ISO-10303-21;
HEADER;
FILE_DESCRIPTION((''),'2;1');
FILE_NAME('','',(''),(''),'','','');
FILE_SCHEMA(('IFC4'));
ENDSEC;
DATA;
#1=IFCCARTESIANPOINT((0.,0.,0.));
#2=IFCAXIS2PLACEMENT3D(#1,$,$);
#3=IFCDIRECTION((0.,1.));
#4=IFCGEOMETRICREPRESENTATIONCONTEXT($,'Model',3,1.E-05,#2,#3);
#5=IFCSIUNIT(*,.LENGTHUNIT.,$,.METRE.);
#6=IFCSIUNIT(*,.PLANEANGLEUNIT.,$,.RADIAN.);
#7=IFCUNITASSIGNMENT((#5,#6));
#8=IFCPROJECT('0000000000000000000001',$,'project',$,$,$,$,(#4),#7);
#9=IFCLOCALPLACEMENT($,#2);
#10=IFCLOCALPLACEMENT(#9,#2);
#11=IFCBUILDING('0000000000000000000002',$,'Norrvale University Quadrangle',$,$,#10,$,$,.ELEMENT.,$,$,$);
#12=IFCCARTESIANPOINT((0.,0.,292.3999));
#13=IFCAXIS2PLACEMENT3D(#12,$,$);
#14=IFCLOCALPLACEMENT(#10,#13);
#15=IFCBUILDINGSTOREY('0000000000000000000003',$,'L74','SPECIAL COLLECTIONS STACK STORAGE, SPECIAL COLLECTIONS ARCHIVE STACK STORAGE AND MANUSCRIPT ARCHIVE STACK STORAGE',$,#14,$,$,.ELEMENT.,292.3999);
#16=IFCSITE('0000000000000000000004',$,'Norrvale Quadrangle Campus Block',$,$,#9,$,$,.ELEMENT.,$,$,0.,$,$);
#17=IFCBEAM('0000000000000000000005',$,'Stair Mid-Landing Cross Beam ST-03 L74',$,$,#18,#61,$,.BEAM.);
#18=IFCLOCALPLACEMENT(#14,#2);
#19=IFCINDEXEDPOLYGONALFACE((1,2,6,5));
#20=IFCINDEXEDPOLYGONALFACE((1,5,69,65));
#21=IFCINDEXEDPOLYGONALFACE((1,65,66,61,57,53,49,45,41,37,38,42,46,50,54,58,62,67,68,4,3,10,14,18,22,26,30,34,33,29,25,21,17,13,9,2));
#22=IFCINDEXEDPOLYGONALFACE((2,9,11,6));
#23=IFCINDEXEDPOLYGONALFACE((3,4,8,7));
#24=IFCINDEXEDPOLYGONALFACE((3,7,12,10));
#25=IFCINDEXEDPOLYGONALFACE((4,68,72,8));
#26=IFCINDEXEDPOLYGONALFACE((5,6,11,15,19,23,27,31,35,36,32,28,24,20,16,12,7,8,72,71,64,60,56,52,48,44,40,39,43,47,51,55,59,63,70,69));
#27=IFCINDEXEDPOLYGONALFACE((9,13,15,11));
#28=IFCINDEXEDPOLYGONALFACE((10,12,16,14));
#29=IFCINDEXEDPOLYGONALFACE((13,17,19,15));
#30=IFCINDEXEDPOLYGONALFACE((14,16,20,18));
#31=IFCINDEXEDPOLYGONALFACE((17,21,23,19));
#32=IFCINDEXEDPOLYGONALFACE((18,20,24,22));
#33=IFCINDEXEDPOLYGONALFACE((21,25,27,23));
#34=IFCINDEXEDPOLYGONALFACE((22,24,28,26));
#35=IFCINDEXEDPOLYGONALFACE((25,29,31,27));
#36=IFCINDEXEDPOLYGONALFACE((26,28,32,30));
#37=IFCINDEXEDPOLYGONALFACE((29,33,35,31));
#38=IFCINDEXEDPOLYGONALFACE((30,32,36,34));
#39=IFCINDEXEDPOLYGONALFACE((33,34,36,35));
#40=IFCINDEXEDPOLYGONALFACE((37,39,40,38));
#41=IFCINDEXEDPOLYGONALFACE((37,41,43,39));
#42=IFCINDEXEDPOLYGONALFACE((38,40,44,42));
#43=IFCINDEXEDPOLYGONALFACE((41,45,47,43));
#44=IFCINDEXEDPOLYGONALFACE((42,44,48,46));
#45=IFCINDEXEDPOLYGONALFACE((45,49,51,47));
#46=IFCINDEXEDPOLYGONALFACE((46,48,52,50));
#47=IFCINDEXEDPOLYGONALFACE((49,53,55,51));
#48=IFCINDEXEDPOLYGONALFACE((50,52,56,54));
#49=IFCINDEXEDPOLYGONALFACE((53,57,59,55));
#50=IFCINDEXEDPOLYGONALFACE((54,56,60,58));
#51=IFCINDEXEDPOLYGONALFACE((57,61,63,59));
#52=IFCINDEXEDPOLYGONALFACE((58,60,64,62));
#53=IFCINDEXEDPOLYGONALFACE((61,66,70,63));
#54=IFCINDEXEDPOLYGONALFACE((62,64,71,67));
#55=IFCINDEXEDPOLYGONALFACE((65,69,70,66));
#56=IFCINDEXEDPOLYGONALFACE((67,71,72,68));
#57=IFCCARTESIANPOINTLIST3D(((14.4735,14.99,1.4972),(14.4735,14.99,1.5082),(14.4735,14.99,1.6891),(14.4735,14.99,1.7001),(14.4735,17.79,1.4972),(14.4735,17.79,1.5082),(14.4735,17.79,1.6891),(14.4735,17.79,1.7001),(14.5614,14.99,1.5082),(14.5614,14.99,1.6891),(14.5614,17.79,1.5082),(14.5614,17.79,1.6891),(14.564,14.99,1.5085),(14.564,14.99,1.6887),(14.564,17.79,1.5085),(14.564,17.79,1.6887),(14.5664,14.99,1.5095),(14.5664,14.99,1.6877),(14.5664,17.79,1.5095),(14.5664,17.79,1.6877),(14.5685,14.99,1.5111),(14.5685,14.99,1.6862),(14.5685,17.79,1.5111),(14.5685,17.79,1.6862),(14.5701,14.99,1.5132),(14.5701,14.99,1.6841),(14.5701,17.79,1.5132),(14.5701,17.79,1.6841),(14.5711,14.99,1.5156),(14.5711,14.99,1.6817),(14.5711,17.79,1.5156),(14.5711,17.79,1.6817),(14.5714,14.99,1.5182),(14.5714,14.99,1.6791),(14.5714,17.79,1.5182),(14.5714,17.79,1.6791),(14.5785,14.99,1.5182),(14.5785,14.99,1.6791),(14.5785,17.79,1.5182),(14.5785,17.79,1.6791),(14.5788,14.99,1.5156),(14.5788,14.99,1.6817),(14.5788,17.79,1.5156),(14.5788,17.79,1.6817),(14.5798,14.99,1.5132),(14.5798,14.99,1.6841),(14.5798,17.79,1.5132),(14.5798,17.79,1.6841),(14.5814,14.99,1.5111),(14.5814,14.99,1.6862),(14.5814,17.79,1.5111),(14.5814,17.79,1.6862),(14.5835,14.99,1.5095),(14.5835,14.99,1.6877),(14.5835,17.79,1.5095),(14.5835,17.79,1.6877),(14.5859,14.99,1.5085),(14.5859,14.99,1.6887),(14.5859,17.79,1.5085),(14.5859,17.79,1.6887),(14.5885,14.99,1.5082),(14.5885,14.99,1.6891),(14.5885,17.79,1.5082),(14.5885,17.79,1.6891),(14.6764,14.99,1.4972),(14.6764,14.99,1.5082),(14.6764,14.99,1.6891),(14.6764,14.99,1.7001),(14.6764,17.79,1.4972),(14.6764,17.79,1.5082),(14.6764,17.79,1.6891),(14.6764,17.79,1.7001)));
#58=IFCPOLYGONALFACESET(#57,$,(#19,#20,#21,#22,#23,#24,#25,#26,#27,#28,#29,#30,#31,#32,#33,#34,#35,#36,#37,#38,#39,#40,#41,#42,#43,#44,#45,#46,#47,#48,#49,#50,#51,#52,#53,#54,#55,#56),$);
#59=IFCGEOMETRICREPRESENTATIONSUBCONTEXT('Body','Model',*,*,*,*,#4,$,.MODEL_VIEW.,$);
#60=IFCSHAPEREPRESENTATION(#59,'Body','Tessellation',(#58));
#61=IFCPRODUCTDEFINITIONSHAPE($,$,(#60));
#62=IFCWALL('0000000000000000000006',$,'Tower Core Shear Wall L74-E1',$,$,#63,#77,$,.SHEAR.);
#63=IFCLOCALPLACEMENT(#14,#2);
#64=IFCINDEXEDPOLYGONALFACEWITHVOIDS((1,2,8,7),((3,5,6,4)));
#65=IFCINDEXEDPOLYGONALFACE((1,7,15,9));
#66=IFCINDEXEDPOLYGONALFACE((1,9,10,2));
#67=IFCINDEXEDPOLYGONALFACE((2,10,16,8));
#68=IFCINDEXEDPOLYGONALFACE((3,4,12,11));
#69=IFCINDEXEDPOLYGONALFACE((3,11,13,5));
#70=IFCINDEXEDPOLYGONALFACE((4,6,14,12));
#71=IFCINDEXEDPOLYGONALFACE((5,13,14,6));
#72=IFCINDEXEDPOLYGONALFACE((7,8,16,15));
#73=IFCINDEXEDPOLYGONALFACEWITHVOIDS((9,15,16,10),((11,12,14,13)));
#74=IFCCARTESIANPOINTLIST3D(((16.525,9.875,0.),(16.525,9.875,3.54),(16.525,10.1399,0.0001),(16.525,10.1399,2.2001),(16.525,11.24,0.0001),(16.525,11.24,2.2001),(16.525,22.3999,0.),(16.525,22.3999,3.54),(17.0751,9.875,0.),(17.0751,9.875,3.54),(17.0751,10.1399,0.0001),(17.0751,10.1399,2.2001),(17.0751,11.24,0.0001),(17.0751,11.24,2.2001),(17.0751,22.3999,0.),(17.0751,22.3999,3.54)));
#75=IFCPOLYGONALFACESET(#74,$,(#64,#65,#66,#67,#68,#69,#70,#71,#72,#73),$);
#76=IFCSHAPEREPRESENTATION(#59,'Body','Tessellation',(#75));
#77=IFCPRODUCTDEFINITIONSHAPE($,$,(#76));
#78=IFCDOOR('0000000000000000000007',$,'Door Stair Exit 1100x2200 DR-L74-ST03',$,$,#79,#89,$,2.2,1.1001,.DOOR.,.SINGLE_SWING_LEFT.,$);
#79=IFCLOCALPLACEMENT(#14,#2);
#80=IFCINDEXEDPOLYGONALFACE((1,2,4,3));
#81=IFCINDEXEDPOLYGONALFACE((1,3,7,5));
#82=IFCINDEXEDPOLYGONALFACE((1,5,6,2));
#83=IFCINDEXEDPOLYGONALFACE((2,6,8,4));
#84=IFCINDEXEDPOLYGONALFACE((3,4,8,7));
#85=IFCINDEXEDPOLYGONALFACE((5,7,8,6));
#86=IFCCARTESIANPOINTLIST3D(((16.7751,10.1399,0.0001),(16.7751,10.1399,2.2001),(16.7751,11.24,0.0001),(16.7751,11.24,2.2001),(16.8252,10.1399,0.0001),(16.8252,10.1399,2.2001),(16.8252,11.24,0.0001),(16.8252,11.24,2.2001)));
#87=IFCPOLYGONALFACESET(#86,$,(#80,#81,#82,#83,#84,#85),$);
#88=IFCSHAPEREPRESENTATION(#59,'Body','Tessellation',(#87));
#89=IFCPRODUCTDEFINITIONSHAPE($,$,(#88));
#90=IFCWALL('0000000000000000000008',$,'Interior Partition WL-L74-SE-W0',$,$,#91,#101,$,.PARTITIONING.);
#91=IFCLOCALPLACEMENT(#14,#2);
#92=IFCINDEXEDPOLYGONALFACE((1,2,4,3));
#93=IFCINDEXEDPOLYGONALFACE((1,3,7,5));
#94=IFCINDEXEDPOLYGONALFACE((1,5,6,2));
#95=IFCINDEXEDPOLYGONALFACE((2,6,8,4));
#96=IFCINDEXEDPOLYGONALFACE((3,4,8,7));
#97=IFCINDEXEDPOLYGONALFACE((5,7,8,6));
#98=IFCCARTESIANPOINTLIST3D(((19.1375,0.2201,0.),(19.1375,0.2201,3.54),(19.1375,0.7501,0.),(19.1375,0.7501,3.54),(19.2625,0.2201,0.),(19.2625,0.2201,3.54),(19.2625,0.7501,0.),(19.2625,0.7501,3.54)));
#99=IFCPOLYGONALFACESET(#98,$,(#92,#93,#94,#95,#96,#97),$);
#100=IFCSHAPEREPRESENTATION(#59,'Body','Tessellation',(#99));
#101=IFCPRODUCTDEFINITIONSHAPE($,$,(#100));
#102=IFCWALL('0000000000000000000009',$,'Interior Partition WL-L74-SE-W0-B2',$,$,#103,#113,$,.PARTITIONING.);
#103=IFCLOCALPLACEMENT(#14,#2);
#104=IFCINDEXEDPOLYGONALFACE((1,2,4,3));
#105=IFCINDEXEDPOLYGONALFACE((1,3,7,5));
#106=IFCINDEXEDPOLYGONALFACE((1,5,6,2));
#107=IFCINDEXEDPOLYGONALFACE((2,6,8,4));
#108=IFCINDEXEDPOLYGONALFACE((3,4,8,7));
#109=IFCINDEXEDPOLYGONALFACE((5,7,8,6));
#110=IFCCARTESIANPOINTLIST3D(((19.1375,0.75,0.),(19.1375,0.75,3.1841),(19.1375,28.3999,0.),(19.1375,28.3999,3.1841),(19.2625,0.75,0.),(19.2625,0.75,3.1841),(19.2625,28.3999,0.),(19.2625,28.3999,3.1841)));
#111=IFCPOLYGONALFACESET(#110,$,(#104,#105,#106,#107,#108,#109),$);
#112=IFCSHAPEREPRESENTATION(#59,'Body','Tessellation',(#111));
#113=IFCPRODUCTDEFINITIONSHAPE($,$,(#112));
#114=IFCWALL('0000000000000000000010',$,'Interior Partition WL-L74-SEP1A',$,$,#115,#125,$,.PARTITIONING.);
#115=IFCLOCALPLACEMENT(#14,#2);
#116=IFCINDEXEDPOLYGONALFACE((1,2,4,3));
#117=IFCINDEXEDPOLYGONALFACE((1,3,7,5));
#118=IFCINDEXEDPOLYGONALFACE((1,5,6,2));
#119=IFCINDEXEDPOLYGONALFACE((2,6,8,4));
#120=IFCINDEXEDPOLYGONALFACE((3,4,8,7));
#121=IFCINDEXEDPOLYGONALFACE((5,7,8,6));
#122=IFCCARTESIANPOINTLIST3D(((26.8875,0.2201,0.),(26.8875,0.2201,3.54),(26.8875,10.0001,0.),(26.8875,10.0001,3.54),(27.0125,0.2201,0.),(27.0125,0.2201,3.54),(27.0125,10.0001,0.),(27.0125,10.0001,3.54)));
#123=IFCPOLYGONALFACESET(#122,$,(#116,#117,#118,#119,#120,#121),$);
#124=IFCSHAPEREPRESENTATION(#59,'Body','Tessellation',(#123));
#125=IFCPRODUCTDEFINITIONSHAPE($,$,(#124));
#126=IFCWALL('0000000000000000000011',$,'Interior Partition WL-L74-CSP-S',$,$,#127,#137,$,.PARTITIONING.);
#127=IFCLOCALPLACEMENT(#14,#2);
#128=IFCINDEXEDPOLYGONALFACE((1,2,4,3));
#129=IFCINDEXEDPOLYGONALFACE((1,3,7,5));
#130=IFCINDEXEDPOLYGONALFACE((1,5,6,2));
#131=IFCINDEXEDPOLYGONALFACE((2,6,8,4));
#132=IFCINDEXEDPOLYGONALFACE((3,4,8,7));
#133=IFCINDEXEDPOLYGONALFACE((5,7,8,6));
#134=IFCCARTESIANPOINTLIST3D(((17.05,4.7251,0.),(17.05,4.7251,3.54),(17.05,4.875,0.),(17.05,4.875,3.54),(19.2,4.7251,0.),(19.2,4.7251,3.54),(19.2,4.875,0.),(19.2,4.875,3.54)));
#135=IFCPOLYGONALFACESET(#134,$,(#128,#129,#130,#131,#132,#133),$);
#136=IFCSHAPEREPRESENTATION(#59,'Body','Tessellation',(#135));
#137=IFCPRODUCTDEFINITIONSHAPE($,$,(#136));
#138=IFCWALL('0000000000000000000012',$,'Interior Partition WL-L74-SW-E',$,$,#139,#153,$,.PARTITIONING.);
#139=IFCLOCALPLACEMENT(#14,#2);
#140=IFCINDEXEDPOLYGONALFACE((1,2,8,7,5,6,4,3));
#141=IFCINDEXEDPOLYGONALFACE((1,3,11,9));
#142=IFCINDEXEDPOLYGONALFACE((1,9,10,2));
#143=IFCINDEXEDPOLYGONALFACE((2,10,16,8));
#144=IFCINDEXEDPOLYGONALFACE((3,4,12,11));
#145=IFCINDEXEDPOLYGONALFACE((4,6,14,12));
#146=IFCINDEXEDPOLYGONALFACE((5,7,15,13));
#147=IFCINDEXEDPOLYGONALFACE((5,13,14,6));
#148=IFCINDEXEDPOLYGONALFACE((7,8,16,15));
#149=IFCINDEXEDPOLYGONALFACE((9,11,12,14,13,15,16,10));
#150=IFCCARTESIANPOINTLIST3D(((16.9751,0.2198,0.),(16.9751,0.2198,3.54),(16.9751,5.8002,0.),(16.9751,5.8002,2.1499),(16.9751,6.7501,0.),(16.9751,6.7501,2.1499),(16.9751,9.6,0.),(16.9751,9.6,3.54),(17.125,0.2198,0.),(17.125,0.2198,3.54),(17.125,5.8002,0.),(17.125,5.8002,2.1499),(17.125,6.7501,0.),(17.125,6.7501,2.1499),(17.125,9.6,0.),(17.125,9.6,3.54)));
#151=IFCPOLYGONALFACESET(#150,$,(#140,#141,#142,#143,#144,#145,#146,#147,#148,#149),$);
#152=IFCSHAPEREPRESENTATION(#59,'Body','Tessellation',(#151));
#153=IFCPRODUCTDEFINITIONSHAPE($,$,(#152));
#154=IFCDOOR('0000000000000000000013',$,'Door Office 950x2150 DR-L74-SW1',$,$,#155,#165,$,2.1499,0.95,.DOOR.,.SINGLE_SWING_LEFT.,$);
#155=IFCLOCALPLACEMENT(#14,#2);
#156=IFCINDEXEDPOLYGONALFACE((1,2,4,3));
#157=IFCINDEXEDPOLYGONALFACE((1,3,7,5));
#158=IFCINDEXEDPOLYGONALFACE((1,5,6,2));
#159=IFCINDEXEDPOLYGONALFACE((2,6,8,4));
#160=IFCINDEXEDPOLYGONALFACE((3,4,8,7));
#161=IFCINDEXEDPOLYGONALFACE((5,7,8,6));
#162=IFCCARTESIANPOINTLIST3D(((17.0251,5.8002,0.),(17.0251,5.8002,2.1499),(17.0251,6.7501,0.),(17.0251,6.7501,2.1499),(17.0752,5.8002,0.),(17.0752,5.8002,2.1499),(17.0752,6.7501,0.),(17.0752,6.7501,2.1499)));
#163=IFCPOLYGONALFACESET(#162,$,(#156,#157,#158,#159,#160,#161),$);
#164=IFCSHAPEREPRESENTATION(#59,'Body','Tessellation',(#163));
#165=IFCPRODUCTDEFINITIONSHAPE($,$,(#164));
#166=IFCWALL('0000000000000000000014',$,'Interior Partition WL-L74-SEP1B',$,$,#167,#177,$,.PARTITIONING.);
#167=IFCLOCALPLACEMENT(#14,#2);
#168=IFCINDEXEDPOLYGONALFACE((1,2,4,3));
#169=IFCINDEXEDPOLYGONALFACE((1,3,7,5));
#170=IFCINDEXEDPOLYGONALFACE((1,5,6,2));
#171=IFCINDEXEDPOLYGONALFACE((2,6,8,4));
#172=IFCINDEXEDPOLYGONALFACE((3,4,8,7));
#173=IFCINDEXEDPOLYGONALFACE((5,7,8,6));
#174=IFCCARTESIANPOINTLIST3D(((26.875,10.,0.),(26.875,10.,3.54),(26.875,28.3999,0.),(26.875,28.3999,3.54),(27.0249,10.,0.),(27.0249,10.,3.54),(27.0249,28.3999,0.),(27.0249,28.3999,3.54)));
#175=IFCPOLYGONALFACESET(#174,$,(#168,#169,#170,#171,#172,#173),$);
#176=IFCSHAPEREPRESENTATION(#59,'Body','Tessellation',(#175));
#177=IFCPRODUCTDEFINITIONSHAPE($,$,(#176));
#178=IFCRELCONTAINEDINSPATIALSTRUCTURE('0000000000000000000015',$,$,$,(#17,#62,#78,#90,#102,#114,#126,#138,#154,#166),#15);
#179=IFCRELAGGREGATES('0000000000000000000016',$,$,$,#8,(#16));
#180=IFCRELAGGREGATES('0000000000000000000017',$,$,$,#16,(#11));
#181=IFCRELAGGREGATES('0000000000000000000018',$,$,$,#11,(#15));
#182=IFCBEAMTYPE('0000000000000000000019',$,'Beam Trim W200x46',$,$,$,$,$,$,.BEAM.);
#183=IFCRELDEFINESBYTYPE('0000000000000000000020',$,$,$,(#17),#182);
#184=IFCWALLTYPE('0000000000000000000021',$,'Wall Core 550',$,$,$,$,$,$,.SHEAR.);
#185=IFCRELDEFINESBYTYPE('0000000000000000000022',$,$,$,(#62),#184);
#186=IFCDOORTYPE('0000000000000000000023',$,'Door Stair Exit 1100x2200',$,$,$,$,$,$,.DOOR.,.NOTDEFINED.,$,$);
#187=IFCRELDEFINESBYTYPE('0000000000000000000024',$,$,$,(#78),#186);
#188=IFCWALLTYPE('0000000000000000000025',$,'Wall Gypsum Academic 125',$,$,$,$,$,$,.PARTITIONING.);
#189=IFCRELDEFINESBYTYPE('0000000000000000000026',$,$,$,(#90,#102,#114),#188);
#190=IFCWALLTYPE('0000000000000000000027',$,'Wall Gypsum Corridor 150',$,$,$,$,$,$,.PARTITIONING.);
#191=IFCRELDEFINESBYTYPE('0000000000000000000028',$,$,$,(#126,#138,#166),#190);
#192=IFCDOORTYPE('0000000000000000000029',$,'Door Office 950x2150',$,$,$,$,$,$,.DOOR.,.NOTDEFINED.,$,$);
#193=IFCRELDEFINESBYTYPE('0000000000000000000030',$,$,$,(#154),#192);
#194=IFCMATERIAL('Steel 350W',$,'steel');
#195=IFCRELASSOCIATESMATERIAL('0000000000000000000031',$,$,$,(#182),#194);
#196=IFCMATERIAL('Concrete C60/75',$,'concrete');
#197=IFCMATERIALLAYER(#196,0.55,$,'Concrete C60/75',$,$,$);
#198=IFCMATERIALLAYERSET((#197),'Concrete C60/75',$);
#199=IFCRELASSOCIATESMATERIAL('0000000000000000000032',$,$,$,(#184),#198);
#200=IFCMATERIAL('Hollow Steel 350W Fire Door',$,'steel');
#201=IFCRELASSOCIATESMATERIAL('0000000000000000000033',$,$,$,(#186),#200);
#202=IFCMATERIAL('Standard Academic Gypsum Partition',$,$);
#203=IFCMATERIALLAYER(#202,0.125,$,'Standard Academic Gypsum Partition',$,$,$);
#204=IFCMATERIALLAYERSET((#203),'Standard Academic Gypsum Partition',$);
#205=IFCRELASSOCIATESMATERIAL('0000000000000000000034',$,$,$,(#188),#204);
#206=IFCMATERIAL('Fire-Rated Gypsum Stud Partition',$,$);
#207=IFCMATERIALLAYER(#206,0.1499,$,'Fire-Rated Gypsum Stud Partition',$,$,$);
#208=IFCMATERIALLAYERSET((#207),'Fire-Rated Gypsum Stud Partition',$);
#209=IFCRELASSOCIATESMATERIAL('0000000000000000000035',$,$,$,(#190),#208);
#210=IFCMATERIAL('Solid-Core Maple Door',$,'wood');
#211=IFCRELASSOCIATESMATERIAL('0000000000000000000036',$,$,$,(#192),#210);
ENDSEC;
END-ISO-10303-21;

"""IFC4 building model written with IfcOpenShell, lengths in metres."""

from ifc_helpers import new_model, si_unit, direction, frame, frame_2d, origin, origin_2d, place, context, subcontext, project, spatial, rectangle, i_section, extrude, material, layer, layer_set, material_profile, profile_set, type_object, element, fill, save


model = new_model("IFC4")

# Units and contexts
model_context = context("Model", 3, precision=1e-05, world=origin(), true_north=direction((0.0, 1.0)))
body_context = subcontext(model_context, "Body", "Model", "MODEL_VIEW")
ifc_project = project(units=[si_unit("LENGTHUNIT", "METRE"), si_unit("PLANEANGLEUNIT", "RADIAN")], contexts=[model_context])

# Site, building, storey
site_placement = place(None, origin())
site = spatial("IfcSite", under=ifc_project, at=site_placement, Name="Norrvale Quadrangle Campus Block", CompositionType="ELEMENT", RefElevation=0.0)
building_placement = place(site_placement, origin())
building = spatial("IfcBuilding", under=site, at=building_placement, Name="Norrvale University Quadrangle", CompositionType="ELEMENT")
storey_placement = place(building_placement, frame((0.0, 0.0, 292.3999)))
storey = spatial("IfcBuildingStorey", under=building, at=storey_placement, Name="L74", Description="SPECIAL COLLECTIONS STACK STORAGE, SPECIAL COLLECTIONS ARCHIVE STACK STORAGE AND MANUSCRIPT ARCHIVE STACK STORAGE", CompositionType="ELEMENT", Elevation=292.3999)

# Shared definitions
ifc_material_1 = material(Name="Concrete C60/75", Category="concrete")

# Beam
ifc_material_2 = material(Name="Steel 350W", Category="steel")
ifc_material_profile_1 = material_profile(ifc_material_2, i_section(OverallWidth=0.2029, OverallDepth=0.2029, WebThickness=0.0071, FlangeThickness=0.011, FilletRadius=0.01, at=origin_2d()), Name="Steel 350W")
ifc_profile_set_1 = profile_set([ifc_material_profile_1], Name="Steel 350W")
beam_type_1 = type_object("IfcBeamType", Name="Beam Trim W200x46", PredefinedType="BEAM", material=ifc_profile_set_1)
beam_1_placement = place(storey_placement, frame((14.575, 14.99, 1.5986), z_axis=(0.0, 1.0, 0.0), x_axis=(-1.0, 0.0, 0.0)))
element("IfcBeam", 1, at=beam_1_placement, inside=storey, type_object=beam_type_1, Name="Stair Mid-Landing Cross Beam ST-03 L74", PredefinedType="BEAM", context=body_context, shape_type="SweptSolid", body=[
    extrude(i_section(OverallWidth=0.2029, OverallDepth=0.2029, WebThickness=0.0071, FlangeThickness=0.011, FilletRadius=0.01, at=origin_2d()), origin(), (0.0, 0.0, 1.0), 2.8),
])

# Wall, opening, door
ifc_layer_1 = layer(ifc_material_1, 0.55, Name="Concrete C60/75")
ifc_layer_set_1 = layer_set([ifc_layer_1], Name="Concrete C60/75")
wall_type_1 = type_object("IfcWallType", Name="Wall Core 550", PredefinedType="SHEAR", material=ifc_layer_set_1)
wall_1_placement = place(storey_placement, frame((16.8, 9.875, 0.0), z_axis=(0.0, 0.0, 1.0), x_axis=(0.0, 1.0, 0.0)))
wall_1 = element("IfcWall", 2, at=wall_1_placement, inside=storey, type_object=wall_type_1, Name="Tower Core Shear Wall L74-E1", PredefinedType="SHEAR", context=body_context, shape_type="SweptSolid", body=[
    extrude(rectangle(XDim=12.5249, YDim=0.55, at=frame_2d((6.2625, 0.0))), origin(), (0.0, 0.0, 1.0), 3.54),
])
opening_1_placement = place(wall_1_placement, frame((0.2649, 0.0, 0.0)))
opening_1 = element("IfcOpeningElement", 3, at=opening_1_placement, cuts=wall_1, PredefinedType="OPENING", context=body_context, shape_type="SweptSolid", body=[
    extrude(rectangle(XDim=1.1001, YDim=2.2, at=frame_2d((0.55, 1.1001))), frame((0.0, 0.2871, 0.0), z_axis=(0.0, -1.0, 0.0), x_axis=(1.0, 0.0, 0.0)), (0.0, 0.0, 1.0), 0.574),
])
ifc_material_3 = material(Name="Hollow Steel 350W Fire Door", Category="steel")
door_type_1 = type_object("IfcDoorType", Name="Door Stair Exit 1100x2200", OperationType="NOTDEFINED", PredefinedType="DOOR", material=ifc_material_3)
door_1_placement = place(opening_1_placement, origin())
door_1 = element("IfcDoor", 4, at=door_1_placement, inside=storey, type_object=door_type_1, Name="Door Stair Exit 1100x2200 DR-L74-ST03", OperationType="SINGLE_SWING_LEFT", OverallHeight=2.2, OverallWidth=1.1001, PredefinedType="DOOR", context=body_context, shape_type="SweptSolid", body=[
    extrude(rectangle(XDim=1.1001, YDim=2.2, at=frame_2d((0.55, 1.1001))), frame((0.0, 0.0249, 0.0), z_axis=(0.0, -1.0, 0.0), x_axis=(1.0, 0.0, 0.0)), (0.0, 0.0, 1.0), 0.05),
])
fill(opening_1, door_1)

# Walls
ifc_material_4 = material(Name="Standard Academic Gypsum Partition")
ifc_layer_2 = layer(ifc_material_4, 0.125, Name="Standard Academic Gypsum Partition")
ifc_layer_set_2 = layer_set([ifc_layer_2], Name="Standard Academic Gypsum Partition")
wall_type_2 = type_object("IfcWallType", Name="Wall Gypsum Academic 125", PredefinedType="PARTITIONING", material=ifc_layer_set_2)
wall_2_placement = place(storey_placement, frame((19.2, 0.22, 0.0), z_axis=(0.0, 0.0, 1.0), x_axis=(0.0, 1.0, 0.0)))
element("IfcWall", 5, at=wall_2_placement, inside=storey, type_object=wall_type_2, Name="Interior Partition WL-L74-SE-W0", PredefinedType="PARTITIONING", context=body_context, shape_type="SweptSolid", body=[
    extrude(rectangle(XDim=0.53, YDim=0.125, at=frame_2d((0.2651, 0.0))), origin(), (0.0, 0.0, 1.0), 3.54),
])
wall_3_placement = place(storey_placement, frame((19.2, 0.75, 0.0), z_axis=(0.0, 0.0, 1.0), x_axis=(0.0, 1.0, 0.0)))
element("IfcWall", 6, at=wall_3_placement, inside=storey, type_object=wall_type_2, Name="Interior Partition WL-L74-SE-W0-B2", PredefinedType="PARTITIONING", context=body_context, shape_type="SweptSolid", body=[
    extrude(rectangle(XDim=27.6499, YDim=0.125, at=frame_2d((13.825, 0.0))), origin(), (0.0, 0.0, 1.0), 3.1841),
])
wall_4_placement = place(storey_placement, frame((26.95, 0.22, 0.0), z_axis=(0.0, 0.0, 1.0), x_axis=(0.0, 1.0, 0.0)))
element("IfcWall", 7, at=wall_4_placement, inside=storey, type_object=wall_type_2, Name="Interior Partition WL-L74-SEP1A", PredefinedType="PARTITIONING", context=body_context, shape_type="SweptSolid", body=[
    extrude(rectangle(XDim=9.78, YDim=0.125, at=frame_2d((4.8901, 0.0))), origin(), (0.0, 0.0, 1.0), 3.54),
])
ifc_material_5 = material(Name="Fire-Rated Gypsum Stud Partition")
ifc_layer_3 = layer(ifc_material_5, 0.1499, Name="Fire-Rated Gypsum Stud Partition")
ifc_layer_set_3 = layer_set([ifc_layer_3], Name="Fire-Rated Gypsum Stud Partition")
wall_type_3 = type_object("IfcWallType", Name="Wall Gypsum Corridor 150", PredefinedType="PARTITIONING", material=ifc_layer_set_3)
wall_5_placement = place(storey_placement, frame((17.05, 4.8, 0.0), z_axis=(0.0, 0.0, 1.0), x_axis=(1.0, 0.0, 0.0)))
element("IfcWall", 8, at=wall_5_placement, inside=storey, type_object=wall_type_3, Name="Interior Partition WL-L74-CSP-S", PredefinedType="PARTITIONING", context=body_context, shape_type="SweptSolid", body=[
    extrude(rectangle(XDim=2.1499, YDim=0.1499, at=frame_2d((1.075, 0.0))), origin(), (0.0, 0.0, 1.0), 3.54),
])

# Wall, opening, door
wall_6_placement = place(storey_placement, frame((17.05, 0.22, 0.0), z_axis=(0.0, 0.0, 1.0), x_axis=(0.0, 1.0, 0.0)))
wall_6 = element("IfcWall", 9, at=wall_6_placement, inside=storey, type_object=wall_type_3, Name="Interior Partition WL-L74-SW-E", PredefinedType="PARTITIONING", context=body_context, shape_type="SweptSolid", body=[
    extrude(rectangle(XDim=9.3801, YDim=0.1499, at=frame_2d((4.6899, 0.0))), origin(), (0.0, 0.0, 1.0), 3.54),
])
opening_2_placement = place(wall_6_placement, frame((5.5801, 0.0, 0.0)))
opening_2 = element("IfcOpeningElement", 10, at=opening_2_placement, cuts=wall_6, PredefinedType="OPENING", context=body_context, shape_type="SweptSolid", body=[
    extrude(rectangle(XDim=0.95, YDim=2.1499, at=frame_2d((0.4751, 1.075))), frame((0.0, 0.0869, 0.0), z_axis=(0.0, -1.0, 0.0), x_axis=(1.0, 0.0, 0.0)), (0.0, 0.0, 1.0), 0.1738),
])
ifc_material_6 = material(Name="Solid-Core Maple Door", Category="wood")
door_type_2 = type_object("IfcDoorType", Name="Door Office 950x2150", OperationType="NOTDEFINED", PredefinedType="DOOR", material=ifc_material_6)
door_2_placement = place(opening_2_placement, origin())
door_2 = element("IfcDoor", 11, at=door_2_placement, inside=storey, type_object=door_type_2, Name="Door Office 950x2150 DR-L74-SW1", OperationType="SINGLE_SWING_LEFT", OverallHeight=2.1499, OverallWidth=0.95, PredefinedType="DOOR", context=body_context, shape_type="SweptSolid", body=[
    extrude(rectangle(XDim=0.95, YDim=2.1499, at=frame_2d((0.4751, 1.075))), frame((0.0, 0.0249, 0.0), z_axis=(0.0, -1.0, 0.0), x_axis=(1.0, 0.0, 0.0)), (0.0, 0.0, 1.0), 0.05),
])
fill(opening_2, door_2)

# Wall
wall_7_placement = place(storey_placement, frame((26.95, 10.0, 0.0), z_axis=(0.0, 0.0, 1.0), x_axis=(0.0, 1.0, 0.0)))
element("IfcWall", 12, at=wall_7_placement, inside=storey, type_object=wall_type_3, Name="Interior Partition WL-L74-SEP1B", PredefinedType="PARTITIONING", context=body_context, shape_type="SweptSolid", body=[
    extrude(rectangle(XDim=18.3999, YDim=0.1499, at=frame_2d((9.2, 0.0))), origin(), (0.0, 0.0, 1.0), 3.54),
])

save(model, "model.ifc")
